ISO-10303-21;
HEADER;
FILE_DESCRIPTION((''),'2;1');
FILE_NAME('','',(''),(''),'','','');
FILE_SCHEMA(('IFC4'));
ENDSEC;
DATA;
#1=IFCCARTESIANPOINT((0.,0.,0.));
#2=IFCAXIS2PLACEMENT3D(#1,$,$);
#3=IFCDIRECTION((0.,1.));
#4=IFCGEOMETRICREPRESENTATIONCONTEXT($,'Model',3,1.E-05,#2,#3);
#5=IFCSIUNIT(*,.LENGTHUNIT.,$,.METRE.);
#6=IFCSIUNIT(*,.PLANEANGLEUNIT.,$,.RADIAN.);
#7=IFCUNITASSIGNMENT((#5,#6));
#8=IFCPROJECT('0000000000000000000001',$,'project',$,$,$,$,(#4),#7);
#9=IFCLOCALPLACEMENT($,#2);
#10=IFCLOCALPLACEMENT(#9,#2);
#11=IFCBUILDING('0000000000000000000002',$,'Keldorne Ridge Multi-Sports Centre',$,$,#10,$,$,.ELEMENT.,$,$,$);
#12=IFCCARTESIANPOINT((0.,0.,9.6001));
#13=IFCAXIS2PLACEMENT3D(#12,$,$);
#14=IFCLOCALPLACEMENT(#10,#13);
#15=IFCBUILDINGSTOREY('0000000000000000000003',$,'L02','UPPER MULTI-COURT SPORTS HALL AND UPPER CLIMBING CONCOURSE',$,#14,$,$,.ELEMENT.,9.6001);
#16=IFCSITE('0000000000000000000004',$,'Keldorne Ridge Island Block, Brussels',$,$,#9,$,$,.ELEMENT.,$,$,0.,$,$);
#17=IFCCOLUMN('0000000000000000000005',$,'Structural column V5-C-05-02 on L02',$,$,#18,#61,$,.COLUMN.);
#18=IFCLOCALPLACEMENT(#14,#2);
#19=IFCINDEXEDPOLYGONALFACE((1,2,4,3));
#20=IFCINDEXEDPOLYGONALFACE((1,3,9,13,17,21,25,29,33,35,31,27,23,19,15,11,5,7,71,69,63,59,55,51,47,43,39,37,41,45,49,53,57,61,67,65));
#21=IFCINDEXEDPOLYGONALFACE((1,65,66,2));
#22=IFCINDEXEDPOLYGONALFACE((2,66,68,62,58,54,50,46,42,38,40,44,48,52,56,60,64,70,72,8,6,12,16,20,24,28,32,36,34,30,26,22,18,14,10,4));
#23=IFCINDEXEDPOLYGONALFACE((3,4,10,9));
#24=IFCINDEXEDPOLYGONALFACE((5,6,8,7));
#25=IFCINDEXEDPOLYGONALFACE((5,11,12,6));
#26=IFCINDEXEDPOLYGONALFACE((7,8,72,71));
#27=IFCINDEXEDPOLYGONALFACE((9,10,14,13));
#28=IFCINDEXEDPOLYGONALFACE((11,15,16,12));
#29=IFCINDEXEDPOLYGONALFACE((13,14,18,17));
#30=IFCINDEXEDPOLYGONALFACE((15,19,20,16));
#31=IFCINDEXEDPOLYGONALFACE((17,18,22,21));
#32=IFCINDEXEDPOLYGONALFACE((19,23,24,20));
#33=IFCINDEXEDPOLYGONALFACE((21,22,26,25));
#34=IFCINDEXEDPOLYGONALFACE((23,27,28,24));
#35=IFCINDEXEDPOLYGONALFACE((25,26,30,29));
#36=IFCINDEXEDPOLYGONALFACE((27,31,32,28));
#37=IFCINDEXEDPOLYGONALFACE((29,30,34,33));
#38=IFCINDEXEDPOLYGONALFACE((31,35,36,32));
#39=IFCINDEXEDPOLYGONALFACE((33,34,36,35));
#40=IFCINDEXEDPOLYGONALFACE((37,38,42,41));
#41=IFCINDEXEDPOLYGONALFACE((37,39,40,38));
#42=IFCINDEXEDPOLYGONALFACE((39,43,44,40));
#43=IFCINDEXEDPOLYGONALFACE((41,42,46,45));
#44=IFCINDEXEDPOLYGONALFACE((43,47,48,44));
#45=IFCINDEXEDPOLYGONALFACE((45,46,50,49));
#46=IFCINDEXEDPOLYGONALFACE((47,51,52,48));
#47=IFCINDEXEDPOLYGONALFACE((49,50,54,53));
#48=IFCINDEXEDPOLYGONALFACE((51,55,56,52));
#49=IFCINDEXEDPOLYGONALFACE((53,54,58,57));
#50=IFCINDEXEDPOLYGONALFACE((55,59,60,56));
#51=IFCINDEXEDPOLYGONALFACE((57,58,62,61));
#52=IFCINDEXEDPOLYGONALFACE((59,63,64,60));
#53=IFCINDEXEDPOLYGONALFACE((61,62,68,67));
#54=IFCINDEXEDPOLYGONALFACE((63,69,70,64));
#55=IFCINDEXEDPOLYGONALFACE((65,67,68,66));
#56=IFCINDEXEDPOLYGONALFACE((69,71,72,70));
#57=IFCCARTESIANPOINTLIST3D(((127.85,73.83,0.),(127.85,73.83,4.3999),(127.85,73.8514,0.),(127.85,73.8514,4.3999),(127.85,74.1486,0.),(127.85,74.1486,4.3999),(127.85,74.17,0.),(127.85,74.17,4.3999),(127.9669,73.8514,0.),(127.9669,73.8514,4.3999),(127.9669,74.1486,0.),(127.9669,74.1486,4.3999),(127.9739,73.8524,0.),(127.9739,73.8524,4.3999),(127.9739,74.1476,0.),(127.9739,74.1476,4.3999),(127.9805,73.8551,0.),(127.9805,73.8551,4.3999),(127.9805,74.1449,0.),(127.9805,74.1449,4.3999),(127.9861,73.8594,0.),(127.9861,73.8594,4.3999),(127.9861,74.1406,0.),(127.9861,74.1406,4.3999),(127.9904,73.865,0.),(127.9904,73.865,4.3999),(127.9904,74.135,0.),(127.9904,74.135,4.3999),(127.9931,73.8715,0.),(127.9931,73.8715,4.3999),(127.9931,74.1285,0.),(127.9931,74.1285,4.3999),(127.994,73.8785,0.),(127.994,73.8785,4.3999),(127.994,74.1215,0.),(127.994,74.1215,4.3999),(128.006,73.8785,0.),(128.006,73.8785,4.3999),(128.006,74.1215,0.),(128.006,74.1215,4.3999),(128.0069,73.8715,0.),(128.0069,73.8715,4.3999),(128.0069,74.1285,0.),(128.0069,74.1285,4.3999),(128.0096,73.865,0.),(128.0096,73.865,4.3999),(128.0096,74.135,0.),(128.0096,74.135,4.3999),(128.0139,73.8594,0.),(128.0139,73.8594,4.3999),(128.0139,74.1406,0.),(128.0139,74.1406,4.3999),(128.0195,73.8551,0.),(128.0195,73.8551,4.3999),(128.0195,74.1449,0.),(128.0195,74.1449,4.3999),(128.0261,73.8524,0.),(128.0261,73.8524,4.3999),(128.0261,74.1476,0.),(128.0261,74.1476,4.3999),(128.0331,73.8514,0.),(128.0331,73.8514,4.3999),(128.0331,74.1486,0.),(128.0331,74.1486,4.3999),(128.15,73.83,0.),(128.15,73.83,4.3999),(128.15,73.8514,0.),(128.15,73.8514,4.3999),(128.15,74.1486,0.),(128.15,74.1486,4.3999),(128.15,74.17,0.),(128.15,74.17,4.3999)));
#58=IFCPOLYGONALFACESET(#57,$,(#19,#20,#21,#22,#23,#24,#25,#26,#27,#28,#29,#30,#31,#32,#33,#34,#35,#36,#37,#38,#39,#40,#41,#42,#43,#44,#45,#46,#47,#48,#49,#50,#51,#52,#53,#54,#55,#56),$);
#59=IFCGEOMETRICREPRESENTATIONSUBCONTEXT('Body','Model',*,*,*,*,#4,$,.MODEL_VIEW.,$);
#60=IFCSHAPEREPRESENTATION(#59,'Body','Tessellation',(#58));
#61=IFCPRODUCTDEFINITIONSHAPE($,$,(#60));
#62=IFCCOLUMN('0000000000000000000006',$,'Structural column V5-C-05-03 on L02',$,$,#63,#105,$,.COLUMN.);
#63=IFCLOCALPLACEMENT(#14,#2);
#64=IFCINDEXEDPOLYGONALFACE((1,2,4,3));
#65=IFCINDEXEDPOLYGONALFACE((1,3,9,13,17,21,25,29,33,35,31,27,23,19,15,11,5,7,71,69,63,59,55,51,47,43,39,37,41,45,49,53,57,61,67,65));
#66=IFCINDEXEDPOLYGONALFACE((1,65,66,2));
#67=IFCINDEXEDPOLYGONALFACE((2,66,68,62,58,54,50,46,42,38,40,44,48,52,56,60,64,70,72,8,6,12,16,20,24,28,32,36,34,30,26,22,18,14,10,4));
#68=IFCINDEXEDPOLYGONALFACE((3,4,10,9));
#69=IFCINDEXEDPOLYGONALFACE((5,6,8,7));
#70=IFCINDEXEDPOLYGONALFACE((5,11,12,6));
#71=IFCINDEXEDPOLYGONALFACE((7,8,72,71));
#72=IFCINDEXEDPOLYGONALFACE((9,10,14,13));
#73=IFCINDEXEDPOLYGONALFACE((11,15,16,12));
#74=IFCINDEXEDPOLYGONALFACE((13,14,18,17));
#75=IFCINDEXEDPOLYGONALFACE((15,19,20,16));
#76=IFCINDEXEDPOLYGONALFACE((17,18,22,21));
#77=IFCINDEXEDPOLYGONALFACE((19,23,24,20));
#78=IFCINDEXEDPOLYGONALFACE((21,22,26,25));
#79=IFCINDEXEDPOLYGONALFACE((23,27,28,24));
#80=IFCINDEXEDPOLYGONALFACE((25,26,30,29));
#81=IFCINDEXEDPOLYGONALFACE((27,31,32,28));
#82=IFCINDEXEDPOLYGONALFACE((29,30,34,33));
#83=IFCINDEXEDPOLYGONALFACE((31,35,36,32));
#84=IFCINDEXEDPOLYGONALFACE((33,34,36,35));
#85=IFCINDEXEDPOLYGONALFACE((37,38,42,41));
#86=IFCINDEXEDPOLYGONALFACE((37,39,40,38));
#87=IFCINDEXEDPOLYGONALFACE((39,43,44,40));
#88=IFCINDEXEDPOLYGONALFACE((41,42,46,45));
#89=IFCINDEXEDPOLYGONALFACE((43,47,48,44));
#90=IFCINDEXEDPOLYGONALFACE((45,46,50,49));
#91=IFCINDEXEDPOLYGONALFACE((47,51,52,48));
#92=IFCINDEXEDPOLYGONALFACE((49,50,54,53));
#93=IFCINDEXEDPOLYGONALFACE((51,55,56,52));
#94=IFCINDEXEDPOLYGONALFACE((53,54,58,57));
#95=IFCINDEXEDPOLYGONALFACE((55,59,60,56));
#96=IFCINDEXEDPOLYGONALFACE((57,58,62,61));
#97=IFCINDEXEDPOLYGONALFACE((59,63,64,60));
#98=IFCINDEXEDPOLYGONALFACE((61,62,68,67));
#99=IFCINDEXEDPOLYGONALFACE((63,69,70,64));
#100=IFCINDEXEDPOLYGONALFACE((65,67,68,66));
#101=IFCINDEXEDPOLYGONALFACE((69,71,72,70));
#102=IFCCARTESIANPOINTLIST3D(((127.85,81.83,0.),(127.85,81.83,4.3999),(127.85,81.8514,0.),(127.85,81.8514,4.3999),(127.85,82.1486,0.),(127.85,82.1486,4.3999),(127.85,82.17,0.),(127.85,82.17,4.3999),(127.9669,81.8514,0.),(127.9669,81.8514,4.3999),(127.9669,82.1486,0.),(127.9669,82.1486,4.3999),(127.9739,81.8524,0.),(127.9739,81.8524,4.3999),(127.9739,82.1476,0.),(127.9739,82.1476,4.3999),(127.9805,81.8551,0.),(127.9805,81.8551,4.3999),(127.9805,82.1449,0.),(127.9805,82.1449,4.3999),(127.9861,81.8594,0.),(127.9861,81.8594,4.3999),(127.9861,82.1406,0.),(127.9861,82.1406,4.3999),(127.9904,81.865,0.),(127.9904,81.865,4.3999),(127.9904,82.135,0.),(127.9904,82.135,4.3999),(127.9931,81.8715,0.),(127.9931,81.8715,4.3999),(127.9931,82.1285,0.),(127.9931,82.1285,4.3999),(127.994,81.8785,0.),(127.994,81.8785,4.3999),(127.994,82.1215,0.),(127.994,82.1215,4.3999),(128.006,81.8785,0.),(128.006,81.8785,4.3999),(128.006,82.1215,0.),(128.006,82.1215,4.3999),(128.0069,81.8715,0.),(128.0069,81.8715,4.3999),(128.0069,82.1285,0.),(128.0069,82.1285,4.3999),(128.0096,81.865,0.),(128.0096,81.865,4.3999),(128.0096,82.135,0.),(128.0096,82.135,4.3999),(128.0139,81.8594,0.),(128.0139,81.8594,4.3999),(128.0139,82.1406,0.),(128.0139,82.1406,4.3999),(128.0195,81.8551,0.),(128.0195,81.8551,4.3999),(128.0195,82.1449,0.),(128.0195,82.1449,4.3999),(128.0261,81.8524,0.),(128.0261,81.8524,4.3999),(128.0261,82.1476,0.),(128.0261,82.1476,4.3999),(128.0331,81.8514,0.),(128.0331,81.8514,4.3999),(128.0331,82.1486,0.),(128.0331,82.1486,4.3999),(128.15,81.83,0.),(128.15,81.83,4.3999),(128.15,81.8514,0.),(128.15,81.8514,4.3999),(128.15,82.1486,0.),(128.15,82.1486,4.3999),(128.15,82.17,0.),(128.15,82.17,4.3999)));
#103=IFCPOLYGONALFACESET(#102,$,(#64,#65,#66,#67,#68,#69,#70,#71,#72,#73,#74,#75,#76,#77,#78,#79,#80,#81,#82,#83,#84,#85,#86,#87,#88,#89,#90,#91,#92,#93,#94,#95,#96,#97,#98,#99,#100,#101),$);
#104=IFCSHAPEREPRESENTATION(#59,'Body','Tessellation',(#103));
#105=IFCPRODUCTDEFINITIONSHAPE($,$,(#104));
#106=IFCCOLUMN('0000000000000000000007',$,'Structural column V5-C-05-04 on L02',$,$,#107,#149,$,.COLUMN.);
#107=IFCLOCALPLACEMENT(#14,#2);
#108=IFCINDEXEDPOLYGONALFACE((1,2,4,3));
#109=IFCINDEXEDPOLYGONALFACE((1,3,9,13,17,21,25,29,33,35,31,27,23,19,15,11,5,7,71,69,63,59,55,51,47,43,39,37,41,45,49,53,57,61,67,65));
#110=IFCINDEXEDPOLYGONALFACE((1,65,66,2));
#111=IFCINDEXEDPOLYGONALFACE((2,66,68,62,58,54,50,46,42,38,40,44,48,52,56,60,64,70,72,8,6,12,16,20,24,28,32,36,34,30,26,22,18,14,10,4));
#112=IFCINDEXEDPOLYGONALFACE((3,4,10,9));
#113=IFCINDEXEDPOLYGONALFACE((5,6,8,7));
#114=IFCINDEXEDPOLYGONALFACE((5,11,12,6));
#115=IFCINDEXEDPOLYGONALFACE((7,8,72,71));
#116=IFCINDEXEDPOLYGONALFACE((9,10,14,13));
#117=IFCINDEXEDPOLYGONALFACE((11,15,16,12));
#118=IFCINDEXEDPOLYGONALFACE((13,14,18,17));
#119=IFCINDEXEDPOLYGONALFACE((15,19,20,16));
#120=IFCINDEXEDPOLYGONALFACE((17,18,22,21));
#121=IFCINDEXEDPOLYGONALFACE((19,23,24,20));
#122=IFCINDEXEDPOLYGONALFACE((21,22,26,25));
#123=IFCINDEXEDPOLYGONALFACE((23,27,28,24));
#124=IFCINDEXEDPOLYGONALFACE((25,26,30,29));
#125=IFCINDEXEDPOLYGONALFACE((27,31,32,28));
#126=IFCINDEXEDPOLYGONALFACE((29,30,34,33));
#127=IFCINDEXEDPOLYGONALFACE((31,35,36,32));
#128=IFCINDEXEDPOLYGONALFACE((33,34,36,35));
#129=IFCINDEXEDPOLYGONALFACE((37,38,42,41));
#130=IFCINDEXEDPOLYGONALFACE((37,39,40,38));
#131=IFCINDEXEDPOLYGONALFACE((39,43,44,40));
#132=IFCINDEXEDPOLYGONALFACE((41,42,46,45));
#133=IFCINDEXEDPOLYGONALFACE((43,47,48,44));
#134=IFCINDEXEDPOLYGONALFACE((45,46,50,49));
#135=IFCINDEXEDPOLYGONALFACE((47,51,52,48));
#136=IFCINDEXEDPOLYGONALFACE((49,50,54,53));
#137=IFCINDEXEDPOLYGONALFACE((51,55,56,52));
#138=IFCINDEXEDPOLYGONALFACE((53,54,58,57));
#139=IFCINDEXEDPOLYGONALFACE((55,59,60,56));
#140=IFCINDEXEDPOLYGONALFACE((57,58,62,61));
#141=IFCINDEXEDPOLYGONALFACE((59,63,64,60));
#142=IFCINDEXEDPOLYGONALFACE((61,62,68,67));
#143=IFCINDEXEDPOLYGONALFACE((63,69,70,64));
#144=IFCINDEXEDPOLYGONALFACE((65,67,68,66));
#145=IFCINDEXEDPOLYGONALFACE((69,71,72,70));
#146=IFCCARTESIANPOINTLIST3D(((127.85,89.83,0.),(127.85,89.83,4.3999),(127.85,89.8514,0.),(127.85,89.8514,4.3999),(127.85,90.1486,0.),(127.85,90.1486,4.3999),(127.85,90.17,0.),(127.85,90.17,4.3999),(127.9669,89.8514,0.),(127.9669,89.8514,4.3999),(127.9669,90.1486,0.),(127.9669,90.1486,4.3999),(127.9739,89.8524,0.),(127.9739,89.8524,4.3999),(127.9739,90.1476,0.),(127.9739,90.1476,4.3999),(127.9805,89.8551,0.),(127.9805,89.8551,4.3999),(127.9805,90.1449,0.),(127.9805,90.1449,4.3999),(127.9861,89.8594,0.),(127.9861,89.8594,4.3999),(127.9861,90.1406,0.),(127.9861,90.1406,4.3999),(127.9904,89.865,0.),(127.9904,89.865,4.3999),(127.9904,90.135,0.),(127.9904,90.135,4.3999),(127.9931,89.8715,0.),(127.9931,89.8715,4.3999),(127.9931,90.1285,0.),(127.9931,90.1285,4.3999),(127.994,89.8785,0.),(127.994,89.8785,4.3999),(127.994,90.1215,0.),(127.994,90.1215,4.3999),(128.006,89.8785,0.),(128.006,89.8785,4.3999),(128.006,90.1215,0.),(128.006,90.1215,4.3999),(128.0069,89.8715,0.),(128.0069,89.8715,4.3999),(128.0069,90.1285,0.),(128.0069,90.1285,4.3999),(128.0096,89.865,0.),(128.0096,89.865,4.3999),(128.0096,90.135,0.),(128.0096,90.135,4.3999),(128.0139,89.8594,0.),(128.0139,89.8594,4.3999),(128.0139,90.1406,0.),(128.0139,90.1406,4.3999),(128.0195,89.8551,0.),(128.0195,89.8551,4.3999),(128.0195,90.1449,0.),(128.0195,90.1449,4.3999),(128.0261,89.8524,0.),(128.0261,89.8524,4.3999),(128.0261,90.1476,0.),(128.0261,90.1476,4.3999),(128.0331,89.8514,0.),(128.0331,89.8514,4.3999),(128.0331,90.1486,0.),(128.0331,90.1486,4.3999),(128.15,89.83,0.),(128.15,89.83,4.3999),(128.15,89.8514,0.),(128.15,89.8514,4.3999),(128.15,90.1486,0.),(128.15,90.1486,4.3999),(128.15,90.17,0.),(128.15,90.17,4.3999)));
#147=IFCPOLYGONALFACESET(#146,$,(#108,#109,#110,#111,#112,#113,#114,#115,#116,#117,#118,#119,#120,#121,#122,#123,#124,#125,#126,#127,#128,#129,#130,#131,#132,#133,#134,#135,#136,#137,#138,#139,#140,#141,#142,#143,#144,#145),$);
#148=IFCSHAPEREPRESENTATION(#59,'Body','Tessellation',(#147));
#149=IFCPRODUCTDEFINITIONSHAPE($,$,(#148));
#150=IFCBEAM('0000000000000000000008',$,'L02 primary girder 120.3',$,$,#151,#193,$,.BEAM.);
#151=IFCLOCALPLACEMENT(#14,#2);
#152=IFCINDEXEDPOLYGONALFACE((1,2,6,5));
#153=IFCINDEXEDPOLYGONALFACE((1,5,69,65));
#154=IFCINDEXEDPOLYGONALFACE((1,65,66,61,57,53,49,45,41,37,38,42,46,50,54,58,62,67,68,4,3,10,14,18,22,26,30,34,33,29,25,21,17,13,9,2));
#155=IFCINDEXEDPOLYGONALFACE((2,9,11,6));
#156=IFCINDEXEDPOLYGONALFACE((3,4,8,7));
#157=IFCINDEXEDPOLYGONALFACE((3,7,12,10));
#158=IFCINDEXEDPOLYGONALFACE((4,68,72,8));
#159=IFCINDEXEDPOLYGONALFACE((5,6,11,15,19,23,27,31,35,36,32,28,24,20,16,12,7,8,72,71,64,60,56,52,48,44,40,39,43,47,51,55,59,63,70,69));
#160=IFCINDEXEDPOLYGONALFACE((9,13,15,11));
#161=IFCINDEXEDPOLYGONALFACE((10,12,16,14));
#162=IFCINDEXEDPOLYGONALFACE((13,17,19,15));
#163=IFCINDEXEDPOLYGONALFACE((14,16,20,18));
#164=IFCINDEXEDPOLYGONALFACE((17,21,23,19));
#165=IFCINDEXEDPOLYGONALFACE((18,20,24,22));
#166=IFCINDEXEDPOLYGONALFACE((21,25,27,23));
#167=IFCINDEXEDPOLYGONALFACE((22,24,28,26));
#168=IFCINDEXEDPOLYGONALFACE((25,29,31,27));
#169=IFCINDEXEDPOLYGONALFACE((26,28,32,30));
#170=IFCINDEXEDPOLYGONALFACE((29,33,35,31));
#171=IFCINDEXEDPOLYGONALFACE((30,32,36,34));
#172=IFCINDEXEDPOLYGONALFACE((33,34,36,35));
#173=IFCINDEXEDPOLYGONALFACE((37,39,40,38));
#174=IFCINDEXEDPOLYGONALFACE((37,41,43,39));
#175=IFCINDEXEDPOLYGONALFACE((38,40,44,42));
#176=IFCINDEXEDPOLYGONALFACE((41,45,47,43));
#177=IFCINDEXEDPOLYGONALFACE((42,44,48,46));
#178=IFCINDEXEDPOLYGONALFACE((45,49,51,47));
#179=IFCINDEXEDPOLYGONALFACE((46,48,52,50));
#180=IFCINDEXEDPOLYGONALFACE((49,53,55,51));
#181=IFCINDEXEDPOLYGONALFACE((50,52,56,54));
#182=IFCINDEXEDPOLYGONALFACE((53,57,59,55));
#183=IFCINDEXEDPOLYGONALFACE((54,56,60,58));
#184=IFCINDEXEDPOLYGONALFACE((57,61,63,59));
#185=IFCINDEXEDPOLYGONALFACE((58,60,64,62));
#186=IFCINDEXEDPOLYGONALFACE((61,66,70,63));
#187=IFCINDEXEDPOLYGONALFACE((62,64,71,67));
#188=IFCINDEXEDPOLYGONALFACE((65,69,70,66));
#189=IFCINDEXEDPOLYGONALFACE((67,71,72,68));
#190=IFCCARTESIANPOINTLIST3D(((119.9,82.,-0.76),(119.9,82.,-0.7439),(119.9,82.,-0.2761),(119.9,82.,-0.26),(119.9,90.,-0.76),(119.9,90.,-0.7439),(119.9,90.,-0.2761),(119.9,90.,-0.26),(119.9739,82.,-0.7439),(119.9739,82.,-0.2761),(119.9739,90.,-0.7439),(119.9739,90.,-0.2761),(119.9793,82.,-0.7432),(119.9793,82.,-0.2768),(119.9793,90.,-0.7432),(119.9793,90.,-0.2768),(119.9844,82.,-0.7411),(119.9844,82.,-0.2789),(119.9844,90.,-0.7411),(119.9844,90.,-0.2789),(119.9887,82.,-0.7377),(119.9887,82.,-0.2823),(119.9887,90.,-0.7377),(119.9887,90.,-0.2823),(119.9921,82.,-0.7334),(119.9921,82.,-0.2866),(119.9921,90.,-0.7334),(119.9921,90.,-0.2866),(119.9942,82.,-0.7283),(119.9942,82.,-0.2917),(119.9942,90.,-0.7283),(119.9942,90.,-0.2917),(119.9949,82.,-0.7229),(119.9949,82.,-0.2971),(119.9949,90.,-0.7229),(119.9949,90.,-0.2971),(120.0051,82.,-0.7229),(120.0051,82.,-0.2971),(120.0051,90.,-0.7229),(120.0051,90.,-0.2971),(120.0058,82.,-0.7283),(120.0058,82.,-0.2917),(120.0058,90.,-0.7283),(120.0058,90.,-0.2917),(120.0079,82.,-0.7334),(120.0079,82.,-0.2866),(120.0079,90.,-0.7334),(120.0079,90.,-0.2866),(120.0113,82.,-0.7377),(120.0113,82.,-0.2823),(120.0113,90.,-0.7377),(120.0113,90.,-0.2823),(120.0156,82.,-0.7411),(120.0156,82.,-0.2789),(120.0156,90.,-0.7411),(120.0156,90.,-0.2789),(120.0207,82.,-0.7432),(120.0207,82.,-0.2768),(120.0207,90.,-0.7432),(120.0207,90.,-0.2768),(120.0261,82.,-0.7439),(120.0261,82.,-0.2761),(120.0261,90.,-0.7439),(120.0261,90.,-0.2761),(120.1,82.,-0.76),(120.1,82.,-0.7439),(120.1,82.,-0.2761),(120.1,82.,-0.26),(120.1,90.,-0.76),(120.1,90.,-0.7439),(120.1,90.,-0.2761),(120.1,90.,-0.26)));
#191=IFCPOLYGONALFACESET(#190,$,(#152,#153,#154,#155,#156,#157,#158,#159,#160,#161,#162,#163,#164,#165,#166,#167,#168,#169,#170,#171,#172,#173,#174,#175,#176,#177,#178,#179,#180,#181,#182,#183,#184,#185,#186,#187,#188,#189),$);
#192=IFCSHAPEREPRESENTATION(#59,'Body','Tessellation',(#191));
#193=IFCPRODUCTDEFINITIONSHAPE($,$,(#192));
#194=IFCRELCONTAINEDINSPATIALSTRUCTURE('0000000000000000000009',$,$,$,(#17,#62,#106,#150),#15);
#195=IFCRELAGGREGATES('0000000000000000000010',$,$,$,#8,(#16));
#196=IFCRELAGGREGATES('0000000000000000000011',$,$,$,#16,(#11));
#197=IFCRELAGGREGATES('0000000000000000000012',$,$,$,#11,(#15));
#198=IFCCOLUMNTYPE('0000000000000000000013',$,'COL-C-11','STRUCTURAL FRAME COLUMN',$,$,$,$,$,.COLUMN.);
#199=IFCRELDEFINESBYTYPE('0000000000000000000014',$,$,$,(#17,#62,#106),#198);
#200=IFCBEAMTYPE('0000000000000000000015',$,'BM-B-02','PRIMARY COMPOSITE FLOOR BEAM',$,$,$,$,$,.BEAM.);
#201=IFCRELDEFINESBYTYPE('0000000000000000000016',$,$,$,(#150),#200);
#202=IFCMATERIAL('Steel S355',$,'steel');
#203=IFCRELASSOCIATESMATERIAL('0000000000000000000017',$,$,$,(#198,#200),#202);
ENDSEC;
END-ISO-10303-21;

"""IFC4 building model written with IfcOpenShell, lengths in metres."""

from ifc_helpers import new_model, si_unit, direction, frame, origin, origin_2d, place, context, subcontext, project, spatial, i_section, extrude, material, material_profile, profile_set, type_object, element, save


model = new_model("IFC4")

# Units and contexts
model_context = context("Model", 3, precision=1e-05, world=origin(), true_north=direction((0.0, 1.0)))
body_context = subcontext(model_context, "Body", "Model", "MODEL_VIEW")
ifc_project = project(units=[si_unit("LENGTHUNIT", "METRE"), si_unit("PLANEANGLEUNIT", "RADIAN")], contexts=[model_context])

# Site, building, storey
site_placement = place(None, origin())
site = spatial("IfcSite", under=ifc_project, at=site_placement, Name="Keldorne Ridge Island Block, Brussels", CompositionType="ELEMENT", RefElevation=0.0)
building_placement = place(site_placement, origin())
building = spatial("IfcBuilding", under=site, at=building_placement, Name="Keldorne Ridge Multi-Sports Centre", CompositionType="ELEMENT")
storey_placement = place(building_placement, frame((0.0, 0.0, 9.6001)))
storey = spatial("IfcBuildingStorey", under=building, at=storey_placement, Name="L02", Description="UPPER MULTI-COURT SPORTS HALL AND UPPER CLIMBING CONCOURSE", CompositionType="ELEMENT", Elevation=9.6001)

# Columns
ifc_material_1 = material(Name="Steel S355", Category="steel")
ifc_material_profile_1 = material_profile(ifc_material_1, i_section(OverallWidth=0.3, OverallDepth=0.3401, WebThickness=0.012, FlangeThickness=0.0215, FilletRadius=0.0271, at=origin_2d()), Name="HEB 340")
ifc_profile_set_1 = profile_set([ifc_material_profile_1], Name="Steel S355")
column_type = type_object("IfcColumnType", Name="COL-C-11", Description="STRUCTURAL FRAME COLUMN", PredefinedType="COLUMN", material=ifc_profile_set_1)
for number, where, z_axis, x_axis, name in (
    (1, (128.0, 74.0, 0.0), (0.0, 0.0, 1.0), (1.0, 0.0, 0.0), "Structural column V5-C-05-02 on L02"),
    (2, (128.0, 82.0, 0.0), (0.0, 0.0, 1.0), (1.0, 0.0, 0.0), "Structural column V5-C-05-03 on L02"),
    (3, (128.0, 90.0, 0.0), (0.0, 0.0, 1.0), (1.0, 0.0, 0.0), "Structural column V5-C-05-04 on L02"),
):
    element("IfcColumn", number, at=place(storey_placement, frame(where, z_axis=z_axis, x_axis=x_axis)), inside=storey, type_object=column_type, Name=name, PredefinedType="COLUMN", context=body_context, shape_type="SweptSolid", body=[
        extrude(i_section(OverallWidth=0.3, OverallDepth=0.3401, WebThickness=0.012, FlangeThickness=0.0215, FilletRadius=0.0271, at=origin_2d()), origin(), (0.0, 0.0, 1.0), 4.3999),
    ])

# Beam
ifc_material_profile_2 = material_profile(ifc_material_1, i_section(OverallWidth=0.2, OverallDepth=0.5, WebThickness=0.0103, FlangeThickness=0.0161, FilletRadius=0.021, at=origin_2d()), Name="IPE 500")
ifc_profile_set_2 = profile_set([ifc_material_profile_2], Name="Steel S355")
beam_type_1 = type_object("IfcBeamType", Name="BM-B-02", Description="PRIMARY COMPOSITE FLOOR BEAM", PredefinedType="BEAM", material=ifc_profile_set_2)
for number, where, z_axis, x_axis, name in (
    (4, (120.0, 82.0, -0.51), (0.0, 1.0, 0.0), (-1.0, 0.0, 0.0), "L02 primary girder 120.3"),
):
    element("IfcBeam", number, at=place(storey_placement, frame(where, z_axis=z_axis, x_axis=x_axis)), inside=storey, type_object=beam_type_1, Name=name, PredefinedType="BEAM", context=body_context, shape_type="SweptSolid", body=[
        extrude(i_section(OverallWidth=0.2, OverallDepth=0.5, WebThickness=0.0103, FlangeThickness=0.0161, FilletRadius=0.021, at=origin_2d()), origin(), (0.0, 0.0, 1.0), 8.0),
    ])

save(model, "model.ifc")
